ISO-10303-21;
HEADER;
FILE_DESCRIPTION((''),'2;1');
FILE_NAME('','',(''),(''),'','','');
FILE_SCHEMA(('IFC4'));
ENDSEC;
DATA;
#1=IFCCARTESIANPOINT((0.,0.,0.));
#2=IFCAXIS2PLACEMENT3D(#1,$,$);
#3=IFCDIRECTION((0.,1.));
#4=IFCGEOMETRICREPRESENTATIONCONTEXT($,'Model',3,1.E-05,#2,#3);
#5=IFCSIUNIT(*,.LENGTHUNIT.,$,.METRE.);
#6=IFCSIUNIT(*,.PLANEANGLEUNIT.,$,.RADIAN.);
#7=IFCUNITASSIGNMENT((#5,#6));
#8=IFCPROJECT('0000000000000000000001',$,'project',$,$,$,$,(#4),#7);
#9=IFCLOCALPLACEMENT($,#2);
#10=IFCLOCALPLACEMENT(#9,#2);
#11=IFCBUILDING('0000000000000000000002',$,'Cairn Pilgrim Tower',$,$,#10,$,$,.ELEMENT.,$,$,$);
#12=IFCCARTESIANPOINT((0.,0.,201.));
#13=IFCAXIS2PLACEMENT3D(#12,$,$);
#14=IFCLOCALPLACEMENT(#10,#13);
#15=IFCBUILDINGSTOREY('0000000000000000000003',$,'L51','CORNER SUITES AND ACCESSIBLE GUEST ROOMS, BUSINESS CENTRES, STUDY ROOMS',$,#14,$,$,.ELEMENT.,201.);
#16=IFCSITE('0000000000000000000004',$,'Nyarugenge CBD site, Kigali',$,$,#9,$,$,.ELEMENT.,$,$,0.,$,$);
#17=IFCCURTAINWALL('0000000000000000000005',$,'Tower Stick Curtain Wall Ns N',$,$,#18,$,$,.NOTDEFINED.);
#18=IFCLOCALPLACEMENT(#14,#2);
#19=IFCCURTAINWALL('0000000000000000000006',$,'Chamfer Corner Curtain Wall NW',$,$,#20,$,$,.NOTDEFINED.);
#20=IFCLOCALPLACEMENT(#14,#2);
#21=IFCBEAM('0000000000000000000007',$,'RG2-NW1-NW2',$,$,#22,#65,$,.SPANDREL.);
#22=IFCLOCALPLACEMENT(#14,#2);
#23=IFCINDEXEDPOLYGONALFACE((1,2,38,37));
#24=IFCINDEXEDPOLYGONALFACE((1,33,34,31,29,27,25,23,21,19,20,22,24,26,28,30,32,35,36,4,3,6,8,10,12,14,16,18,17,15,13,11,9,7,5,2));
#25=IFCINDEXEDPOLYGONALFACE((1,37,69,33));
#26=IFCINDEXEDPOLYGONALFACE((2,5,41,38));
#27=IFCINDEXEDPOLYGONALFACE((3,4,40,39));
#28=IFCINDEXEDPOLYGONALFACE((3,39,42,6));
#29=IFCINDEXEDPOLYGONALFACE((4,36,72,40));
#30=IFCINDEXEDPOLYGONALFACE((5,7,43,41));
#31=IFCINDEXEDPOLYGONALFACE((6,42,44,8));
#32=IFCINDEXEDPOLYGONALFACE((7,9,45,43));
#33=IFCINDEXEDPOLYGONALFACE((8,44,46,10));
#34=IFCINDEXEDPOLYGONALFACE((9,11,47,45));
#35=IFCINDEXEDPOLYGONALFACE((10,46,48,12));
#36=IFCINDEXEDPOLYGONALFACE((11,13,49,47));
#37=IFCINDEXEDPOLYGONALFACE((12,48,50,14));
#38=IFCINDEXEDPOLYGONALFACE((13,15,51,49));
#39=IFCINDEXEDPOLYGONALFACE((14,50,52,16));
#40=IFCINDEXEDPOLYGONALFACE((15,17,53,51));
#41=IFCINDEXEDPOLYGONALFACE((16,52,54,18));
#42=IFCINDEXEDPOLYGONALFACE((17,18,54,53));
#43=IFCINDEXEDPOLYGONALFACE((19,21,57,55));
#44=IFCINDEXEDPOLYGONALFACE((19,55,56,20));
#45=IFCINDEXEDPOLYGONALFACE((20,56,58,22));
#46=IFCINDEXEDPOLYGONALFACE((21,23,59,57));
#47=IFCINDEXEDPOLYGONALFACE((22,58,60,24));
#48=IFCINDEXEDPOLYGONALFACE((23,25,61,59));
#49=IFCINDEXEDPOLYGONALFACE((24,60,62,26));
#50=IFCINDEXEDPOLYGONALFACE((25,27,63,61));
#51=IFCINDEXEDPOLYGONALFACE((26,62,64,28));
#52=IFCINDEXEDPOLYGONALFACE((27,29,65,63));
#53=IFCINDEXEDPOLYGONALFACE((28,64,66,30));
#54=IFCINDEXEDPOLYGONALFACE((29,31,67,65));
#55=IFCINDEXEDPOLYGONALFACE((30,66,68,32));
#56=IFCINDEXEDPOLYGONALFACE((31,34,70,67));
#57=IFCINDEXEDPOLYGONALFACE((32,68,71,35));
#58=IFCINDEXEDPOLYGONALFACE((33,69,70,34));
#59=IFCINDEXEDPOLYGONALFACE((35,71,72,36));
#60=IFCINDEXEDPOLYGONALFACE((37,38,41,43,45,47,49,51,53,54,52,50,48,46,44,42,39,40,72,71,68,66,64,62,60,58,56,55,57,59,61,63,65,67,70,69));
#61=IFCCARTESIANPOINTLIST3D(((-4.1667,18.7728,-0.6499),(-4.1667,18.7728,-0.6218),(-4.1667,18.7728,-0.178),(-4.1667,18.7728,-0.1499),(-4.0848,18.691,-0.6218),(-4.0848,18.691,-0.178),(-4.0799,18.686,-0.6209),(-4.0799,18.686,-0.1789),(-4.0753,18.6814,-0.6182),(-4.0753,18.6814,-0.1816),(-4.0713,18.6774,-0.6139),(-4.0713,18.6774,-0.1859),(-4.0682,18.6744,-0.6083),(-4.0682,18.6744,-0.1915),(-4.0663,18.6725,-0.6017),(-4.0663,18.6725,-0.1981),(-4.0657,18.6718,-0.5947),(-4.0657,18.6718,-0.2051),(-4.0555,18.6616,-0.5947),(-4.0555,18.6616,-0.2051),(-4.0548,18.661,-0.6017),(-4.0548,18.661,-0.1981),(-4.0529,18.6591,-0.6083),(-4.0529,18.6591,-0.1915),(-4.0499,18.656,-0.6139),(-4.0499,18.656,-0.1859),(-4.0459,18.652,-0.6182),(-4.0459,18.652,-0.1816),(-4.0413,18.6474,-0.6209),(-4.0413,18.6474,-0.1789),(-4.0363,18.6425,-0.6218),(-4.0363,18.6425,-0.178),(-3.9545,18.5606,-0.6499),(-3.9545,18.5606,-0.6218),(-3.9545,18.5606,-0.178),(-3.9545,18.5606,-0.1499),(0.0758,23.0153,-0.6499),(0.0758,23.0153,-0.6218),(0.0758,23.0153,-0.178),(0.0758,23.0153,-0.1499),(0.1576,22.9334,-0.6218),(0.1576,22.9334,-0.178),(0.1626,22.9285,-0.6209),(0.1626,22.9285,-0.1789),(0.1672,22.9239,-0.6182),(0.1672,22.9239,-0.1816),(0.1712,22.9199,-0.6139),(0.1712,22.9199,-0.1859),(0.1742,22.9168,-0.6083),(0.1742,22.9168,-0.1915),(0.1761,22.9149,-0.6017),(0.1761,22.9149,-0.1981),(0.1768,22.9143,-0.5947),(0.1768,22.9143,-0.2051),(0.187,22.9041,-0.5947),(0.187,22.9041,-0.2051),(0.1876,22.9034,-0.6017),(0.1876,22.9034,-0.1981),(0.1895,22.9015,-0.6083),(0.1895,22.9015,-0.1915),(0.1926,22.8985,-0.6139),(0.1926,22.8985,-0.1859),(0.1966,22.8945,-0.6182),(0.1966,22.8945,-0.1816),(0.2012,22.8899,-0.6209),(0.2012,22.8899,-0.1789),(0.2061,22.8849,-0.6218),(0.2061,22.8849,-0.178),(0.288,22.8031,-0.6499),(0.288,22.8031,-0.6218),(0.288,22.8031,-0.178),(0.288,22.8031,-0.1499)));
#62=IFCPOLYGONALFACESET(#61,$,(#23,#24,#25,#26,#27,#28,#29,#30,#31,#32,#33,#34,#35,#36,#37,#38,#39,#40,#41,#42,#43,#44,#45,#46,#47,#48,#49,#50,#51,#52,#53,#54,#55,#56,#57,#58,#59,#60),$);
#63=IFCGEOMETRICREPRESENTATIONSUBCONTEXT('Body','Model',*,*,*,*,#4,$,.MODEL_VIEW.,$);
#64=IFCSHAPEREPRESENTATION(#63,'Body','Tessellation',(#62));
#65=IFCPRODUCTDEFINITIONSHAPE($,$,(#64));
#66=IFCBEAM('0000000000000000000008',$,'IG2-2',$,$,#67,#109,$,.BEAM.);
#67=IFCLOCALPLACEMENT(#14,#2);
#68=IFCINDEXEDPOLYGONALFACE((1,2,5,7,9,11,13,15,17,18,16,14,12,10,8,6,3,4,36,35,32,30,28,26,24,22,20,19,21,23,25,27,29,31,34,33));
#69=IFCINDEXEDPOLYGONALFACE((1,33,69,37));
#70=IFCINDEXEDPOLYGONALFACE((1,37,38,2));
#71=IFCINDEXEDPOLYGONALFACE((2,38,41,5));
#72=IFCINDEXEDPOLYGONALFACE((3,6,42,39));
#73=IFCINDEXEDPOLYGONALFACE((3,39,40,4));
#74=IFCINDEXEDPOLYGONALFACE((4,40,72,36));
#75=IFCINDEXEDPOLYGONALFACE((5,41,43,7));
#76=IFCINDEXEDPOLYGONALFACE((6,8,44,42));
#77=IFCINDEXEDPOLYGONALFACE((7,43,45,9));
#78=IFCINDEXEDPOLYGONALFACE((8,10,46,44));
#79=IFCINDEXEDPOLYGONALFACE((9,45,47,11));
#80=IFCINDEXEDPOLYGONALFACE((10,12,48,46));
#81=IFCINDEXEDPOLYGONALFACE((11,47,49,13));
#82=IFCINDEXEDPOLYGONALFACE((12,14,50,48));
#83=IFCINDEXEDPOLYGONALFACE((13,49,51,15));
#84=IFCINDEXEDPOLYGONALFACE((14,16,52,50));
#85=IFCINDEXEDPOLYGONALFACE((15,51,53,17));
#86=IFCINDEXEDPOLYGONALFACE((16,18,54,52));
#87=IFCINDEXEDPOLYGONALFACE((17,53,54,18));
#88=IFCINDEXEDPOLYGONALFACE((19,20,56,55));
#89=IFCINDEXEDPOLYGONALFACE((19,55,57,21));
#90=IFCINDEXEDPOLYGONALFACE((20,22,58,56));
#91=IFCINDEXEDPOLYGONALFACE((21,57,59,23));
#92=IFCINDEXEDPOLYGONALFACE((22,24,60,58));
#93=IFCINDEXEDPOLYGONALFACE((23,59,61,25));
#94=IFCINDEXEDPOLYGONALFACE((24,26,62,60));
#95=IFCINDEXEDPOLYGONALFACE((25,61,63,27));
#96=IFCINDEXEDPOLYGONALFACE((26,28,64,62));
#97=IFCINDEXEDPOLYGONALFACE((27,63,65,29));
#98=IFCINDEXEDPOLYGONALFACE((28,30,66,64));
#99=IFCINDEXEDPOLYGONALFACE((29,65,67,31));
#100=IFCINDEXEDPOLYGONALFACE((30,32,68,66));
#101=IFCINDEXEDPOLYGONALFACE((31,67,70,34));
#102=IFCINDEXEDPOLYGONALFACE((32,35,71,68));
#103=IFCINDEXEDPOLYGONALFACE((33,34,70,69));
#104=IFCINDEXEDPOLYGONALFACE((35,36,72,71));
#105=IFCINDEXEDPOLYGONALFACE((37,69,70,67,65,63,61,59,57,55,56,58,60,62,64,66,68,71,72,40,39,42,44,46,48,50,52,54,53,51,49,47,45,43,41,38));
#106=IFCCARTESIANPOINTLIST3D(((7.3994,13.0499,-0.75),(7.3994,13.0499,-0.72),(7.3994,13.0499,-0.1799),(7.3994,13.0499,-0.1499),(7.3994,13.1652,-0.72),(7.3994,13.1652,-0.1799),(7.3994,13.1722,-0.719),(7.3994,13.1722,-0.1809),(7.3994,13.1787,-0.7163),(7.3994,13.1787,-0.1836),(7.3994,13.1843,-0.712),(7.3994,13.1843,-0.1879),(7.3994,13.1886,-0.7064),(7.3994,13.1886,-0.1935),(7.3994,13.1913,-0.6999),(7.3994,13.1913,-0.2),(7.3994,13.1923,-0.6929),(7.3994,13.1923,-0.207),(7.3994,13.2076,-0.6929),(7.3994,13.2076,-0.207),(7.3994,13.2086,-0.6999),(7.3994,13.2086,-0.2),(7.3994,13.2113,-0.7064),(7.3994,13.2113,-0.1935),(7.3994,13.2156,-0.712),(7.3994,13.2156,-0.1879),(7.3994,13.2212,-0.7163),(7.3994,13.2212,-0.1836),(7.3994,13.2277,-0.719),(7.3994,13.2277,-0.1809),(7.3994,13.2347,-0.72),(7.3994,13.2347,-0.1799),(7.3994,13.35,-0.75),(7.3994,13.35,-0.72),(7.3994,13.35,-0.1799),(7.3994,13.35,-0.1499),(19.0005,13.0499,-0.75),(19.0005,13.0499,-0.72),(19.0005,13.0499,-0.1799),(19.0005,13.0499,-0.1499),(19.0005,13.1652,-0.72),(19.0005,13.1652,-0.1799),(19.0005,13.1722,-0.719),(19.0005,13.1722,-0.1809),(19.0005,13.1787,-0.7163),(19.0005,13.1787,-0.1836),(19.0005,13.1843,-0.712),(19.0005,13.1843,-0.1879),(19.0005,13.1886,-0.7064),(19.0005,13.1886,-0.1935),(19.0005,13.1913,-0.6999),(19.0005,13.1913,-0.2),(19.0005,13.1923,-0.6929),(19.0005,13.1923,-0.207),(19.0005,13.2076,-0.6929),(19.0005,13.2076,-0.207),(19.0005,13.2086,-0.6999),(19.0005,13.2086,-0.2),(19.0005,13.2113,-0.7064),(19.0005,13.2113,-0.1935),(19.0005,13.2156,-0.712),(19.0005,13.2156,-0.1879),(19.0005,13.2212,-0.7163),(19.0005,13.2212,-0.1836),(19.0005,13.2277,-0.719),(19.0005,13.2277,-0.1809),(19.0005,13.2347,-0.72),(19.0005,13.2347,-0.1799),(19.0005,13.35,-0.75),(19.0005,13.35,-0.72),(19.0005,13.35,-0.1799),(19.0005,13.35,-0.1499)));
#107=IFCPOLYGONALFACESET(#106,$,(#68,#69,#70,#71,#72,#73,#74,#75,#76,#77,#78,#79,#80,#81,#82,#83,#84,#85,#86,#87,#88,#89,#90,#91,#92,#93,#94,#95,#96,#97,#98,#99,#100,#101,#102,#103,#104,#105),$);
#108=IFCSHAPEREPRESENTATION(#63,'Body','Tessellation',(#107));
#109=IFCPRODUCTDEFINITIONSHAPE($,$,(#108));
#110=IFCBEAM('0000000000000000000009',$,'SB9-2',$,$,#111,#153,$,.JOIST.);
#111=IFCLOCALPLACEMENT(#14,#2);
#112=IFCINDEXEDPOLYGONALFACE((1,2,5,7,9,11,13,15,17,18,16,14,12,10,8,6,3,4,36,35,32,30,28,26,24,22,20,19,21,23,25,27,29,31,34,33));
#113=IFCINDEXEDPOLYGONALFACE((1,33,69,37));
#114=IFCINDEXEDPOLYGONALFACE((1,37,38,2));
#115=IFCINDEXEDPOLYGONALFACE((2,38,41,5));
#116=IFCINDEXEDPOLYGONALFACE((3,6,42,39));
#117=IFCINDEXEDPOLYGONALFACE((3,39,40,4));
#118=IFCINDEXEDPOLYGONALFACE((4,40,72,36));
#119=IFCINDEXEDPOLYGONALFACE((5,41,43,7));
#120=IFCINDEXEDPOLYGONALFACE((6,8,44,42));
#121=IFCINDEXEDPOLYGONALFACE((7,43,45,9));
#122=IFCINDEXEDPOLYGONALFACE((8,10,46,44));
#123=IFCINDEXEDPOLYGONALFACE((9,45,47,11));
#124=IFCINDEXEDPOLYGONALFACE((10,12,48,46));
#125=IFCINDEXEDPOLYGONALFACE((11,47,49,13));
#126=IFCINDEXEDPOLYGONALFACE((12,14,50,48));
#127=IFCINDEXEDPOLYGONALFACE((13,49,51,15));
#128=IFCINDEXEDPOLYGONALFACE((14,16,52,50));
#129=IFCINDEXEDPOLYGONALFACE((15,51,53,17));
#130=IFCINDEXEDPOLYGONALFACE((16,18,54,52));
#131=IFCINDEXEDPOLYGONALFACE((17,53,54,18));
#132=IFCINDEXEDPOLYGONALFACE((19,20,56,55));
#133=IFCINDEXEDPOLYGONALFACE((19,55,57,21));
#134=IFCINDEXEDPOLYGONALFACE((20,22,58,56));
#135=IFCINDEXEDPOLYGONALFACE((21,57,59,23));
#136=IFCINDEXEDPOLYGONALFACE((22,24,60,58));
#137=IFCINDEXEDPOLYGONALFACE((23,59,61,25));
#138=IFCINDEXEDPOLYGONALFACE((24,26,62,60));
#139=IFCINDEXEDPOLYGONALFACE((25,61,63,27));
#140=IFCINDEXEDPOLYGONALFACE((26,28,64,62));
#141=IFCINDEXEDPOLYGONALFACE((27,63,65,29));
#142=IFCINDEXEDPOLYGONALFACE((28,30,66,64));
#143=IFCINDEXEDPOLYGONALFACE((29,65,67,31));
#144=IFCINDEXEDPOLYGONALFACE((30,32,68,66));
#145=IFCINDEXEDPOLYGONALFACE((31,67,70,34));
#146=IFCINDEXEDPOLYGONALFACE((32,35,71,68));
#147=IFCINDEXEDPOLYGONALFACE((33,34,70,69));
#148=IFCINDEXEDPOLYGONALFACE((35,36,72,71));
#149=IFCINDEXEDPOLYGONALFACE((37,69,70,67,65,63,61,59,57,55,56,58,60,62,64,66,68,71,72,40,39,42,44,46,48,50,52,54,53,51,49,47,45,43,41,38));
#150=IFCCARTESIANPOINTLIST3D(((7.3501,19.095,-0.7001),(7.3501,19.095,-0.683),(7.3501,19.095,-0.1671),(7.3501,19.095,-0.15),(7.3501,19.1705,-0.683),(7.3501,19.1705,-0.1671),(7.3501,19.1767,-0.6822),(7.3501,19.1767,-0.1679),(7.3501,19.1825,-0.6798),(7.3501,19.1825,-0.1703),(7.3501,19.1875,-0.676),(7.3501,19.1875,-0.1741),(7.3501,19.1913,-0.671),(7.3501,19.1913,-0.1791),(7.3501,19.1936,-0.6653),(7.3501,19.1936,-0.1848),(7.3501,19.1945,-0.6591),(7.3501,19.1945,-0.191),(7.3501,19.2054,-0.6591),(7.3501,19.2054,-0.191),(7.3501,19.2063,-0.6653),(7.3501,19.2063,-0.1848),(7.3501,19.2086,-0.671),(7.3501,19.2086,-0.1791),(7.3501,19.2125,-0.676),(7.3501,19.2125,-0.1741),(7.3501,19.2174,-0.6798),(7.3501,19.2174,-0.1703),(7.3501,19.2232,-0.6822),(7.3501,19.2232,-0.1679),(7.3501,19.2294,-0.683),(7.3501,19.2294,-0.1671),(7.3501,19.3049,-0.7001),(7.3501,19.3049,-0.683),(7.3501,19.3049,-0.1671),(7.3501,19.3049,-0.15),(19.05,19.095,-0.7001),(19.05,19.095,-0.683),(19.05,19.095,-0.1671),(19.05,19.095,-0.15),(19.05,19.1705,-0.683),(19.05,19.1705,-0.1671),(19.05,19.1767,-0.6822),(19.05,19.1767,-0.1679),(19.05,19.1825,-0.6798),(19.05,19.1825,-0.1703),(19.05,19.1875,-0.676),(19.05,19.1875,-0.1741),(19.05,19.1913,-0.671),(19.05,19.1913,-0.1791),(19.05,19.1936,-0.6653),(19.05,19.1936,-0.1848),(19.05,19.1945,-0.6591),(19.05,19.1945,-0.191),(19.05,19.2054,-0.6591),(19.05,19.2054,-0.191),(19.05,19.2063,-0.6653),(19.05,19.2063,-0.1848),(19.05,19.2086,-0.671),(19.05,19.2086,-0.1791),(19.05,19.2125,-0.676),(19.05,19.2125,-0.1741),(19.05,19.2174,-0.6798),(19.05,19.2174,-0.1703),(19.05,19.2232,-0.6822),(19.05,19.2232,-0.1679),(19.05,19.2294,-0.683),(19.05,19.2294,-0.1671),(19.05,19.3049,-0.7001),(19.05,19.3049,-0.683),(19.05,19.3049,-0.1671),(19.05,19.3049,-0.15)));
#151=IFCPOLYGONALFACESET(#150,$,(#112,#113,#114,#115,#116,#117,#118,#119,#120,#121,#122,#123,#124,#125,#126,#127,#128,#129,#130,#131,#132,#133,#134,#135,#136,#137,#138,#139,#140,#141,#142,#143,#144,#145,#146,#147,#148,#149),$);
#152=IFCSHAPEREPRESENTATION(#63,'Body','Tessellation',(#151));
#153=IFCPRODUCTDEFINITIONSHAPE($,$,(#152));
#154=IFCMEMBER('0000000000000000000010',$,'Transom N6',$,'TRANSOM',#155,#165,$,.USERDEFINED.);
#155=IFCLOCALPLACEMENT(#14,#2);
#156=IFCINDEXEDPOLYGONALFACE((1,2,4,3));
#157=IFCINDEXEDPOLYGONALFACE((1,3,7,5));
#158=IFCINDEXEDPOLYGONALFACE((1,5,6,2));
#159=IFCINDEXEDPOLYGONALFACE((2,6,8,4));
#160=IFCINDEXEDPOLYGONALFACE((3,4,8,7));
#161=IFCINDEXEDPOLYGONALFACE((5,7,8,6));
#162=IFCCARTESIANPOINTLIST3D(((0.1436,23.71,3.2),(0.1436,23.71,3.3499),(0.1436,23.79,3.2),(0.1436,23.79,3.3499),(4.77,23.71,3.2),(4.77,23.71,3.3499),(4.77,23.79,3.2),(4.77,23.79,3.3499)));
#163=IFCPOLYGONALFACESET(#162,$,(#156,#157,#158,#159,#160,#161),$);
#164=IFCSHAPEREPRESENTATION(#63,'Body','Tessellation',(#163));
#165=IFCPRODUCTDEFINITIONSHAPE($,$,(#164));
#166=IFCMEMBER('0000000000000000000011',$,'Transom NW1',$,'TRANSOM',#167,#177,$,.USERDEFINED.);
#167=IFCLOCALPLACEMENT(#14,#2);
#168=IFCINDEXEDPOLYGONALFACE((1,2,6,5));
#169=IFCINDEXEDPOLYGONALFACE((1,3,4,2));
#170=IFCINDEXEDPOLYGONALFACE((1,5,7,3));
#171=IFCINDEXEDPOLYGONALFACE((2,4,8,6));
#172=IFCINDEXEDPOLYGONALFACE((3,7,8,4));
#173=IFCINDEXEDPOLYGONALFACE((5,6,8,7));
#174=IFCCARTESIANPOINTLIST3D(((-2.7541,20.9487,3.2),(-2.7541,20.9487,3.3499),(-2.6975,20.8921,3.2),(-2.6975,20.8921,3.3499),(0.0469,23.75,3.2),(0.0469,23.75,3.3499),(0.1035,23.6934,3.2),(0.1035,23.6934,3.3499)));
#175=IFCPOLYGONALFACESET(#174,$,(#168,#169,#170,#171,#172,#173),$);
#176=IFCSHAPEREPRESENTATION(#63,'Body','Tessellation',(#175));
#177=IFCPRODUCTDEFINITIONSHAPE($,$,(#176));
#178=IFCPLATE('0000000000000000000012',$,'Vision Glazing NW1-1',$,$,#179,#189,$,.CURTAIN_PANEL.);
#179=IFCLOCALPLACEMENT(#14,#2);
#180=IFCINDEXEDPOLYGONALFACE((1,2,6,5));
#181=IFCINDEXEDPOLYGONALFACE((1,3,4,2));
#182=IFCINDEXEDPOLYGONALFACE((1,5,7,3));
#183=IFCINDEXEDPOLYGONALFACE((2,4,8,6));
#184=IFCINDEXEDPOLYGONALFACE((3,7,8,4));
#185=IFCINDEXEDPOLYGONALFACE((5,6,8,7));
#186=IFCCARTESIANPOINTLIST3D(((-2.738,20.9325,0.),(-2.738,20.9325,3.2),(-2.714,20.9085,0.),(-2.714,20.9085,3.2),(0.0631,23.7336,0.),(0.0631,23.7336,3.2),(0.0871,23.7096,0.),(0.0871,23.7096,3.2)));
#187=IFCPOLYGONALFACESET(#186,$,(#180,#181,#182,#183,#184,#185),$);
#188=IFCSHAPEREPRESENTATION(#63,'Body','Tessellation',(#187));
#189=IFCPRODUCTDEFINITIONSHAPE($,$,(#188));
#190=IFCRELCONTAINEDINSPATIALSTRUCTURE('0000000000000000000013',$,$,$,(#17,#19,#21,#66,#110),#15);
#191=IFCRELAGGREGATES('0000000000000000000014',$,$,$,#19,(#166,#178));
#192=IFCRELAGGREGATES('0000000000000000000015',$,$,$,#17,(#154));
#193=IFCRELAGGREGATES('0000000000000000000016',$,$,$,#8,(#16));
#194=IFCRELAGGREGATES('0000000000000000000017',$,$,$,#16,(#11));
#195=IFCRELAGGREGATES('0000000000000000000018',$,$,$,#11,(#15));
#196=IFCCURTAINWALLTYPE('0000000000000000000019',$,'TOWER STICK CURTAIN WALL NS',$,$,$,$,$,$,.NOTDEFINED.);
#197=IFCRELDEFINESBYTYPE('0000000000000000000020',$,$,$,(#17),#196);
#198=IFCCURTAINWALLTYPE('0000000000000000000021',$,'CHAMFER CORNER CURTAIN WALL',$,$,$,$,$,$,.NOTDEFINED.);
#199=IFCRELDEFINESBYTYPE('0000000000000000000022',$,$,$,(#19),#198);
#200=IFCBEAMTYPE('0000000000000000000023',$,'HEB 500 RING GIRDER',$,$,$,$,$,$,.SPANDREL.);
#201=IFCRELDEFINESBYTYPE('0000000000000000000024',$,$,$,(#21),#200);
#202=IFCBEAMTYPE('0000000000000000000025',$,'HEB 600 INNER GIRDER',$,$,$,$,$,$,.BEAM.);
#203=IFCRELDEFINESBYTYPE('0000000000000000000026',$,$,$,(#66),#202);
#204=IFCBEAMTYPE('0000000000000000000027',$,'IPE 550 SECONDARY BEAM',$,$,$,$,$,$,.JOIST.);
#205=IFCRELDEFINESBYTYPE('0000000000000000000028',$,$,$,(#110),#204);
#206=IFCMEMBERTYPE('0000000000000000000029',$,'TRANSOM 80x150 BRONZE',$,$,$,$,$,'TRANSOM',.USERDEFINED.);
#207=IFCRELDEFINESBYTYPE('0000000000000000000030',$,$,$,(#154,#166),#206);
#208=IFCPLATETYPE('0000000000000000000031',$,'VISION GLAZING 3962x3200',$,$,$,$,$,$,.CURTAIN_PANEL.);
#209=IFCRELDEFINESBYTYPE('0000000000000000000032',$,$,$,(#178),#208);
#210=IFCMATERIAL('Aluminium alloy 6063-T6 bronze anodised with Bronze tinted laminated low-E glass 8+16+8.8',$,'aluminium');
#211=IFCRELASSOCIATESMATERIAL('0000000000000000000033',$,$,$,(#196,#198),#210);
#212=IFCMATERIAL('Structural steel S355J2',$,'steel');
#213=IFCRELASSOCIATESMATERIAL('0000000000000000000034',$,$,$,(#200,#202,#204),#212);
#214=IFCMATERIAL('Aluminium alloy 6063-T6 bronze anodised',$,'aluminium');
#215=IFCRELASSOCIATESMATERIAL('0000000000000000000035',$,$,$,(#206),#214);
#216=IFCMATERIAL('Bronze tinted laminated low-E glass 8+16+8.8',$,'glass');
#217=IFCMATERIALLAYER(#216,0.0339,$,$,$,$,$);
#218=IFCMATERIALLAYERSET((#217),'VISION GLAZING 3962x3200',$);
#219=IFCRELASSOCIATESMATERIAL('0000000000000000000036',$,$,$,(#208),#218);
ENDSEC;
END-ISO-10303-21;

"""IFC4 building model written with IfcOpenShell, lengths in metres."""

from ifc_helpers import new_model, si_unit, direction, frame, origin, origin_2d, place, context, subcontext, project, spatial, rectangle, i_section, extrude, material, layer, layer_set, material_profile, profile_set, type_object, element, aggregate, save


model = new_model("IFC4")

# Units and contexts
model_context = context("Model", 3, precision=1e-05, world=origin(), true_north=direction((0.0, 1.0)))
body_context = subcontext(model_context, "Body", "Model", "MODEL_VIEW")
ifc_project = project(units=[si_unit("LENGTHUNIT", "METRE"), si_unit("PLANEANGLEUNIT", "RADIAN")], contexts=[model_context])

# Site, building, storey
site_placement = place(None, origin())
site = spatial("IfcSite", under=ifc_project, at=site_placement, Name="Nyarugenge CBD site, Kigali", CompositionType="ELEMENT", RefElevation=0.0)
building_placement = place(site_placement, origin())
building = spatial("IfcBuilding", under=site, at=building_placement, Name="Cairn Pilgrim Tower", CompositionType="ELEMENT")
storey_placement = place(building_placement, frame((0.0, 0.0, 201.0)))
storey = spatial("IfcBuildingStorey", under=building, at=storey_placement, Name="L51", Description="CORNER SUITES AND ACCESSIBLE GUEST ROOMS, BUSINESS CENTRES, STUDY ROOMS", CompositionType="ELEMENT", Elevation=201.0)

# Shared definitions
ifc_material_1 = material(Name="Structural steel S355J2", Category="steel")

# Curtain wall
ifc_material_2 = material(Name="Aluminium alloy 6063-T6 bronze anodised with Bronze tinted laminated low-E glass 8+16+8.8", Category="aluminium")
curtain_wall_type_1 = type_object("IfcCurtainWallType", Name="TOWER STICK CURTAIN WALL NS", PredefinedType="NOTDEFINED", material=ifc_material_2)
curtain_wall_1_placement = place(storey_placement, origin())
curtain_wall_1 = element("IfcCurtainWall", 1, at=curtain_wall_1_placement, inside=storey, type_object=curtain_wall_type_1, Name="Tower Stick Curtain Wall Ns N", PredefinedType="NOTDEFINED")
ifc_material_3 = material(Name="Aluminium alloy 6063-T6 bronze anodised", Category="aluminium")

# Curtain wall
curtain_wall_type_2 = type_object("IfcCurtainWallType", Name="CHAMFER CORNER CURTAIN WALL", PredefinedType="NOTDEFINED", material=ifc_material_2)
curtain_wall_2_placement = place(storey_placement, origin())
curtain_wall_2 = element("IfcCurtainWall", 2, at=curtain_wall_2_placement, inside=storey, type_object=curtain_wall_type_2, Name="Chamfer Corner Curtain Wall NW", PredefinedType="NOTDEFINED")

# Beams
ifc_material_profile_1 = material_profile(ifc_material_1, i_section(OverallWidth=0.3, OverallDepth=0.5, WebThickness=0.0144, FlangeThickness=0.0281, FilletRadius=0.0271, at=origin_2d()), Name="HEB 500")
ifc_profile_set_1 = profile_set([ifc_material_profile_1], Name="Structural steel S355J2")
beam_type_1 = type_object("IfcBeamType", Name="HEB 500 RING GIRDER", PredefinedType="SPANDREL", material=ifc_profile_set_1)
beam_1_placement = place(storey_placement, frame((0.1819, 22.9092, -0.3999), z_axis=(-0.707107, -0.707107, 0.0), x_axis=(0.707107, -0.707107, 0.0)))
element("IfcBeam", 3, at=beam_1_placement, inside=storey, type_object=beam_type_1, Name="RG2-NW1-NW2", PredefinedType="SPANDREL", context=body_context, shape_type="SweptSolid", body=[
    extrude(i_section(OverallWidth=0.3, OverallDepth=0.5, WebThickness=0.0144, FlangeThickness=0.0281, FilletRadius=0.0271, at=origin_2d()), origin(), (0.0, 0.0, 1.0), 5.9998),
])
ifc_material_profile_2 = material_profile(ifc_material_1, i_section(OverallWidth=0.3, OverallDepth=0.6001, WebThickness=0.0154, FlangeThickness=0.03, FilletRadius=0.0271, at=origin_2d()), Name="HEB 600")
ifc_profile_set_2 = profile_set([ifc_material_profile_2], Name="Structural steel S355J2")
beam_type_2 = type_object("IfcBeamType", Name="HEB 600 INNER GIRDER", PredefinedType="BEAM", material=ifc_profile_set_2)
beam_2_placement = place(storey_placement, frame((7.3994, 13.2, -0.45), z_axis=(1.0, 0.0, 0.0), x_axis=(0.0, 1.0, 0.0)))
element("IfcBeam", 4, at=beam_2_placement, inside=storey, type_object=beam_type_2, Name="IG2-2", PredefinedType="BEAM", context=body_context, shape_type="SweptSolid", body=[
    extrude(i_section(OverallWidth=0.3, OverallDepth=0.6001, WebThickness=0.0154, FlangeThickness=0.03, FilletRadius=0.0271, at=origin_2d()), origin(), (0.0, 0.0, 1.0), 11.6011),
])
ifc_material_profile_3 = material_profile(ifc_material_1, i_section(OverallWidth=0.21, OverallDepth=0.55, WebThickness=0.011, FlangeThickness=0.0171, FilletRadius=0.0239, at=origin_2d()), Name="IPE 550")
ifc_profile_set_3 = profile_set([ifc_material_profile_3], Name="Structural steel S355J2")
beam_type_3 = type_object("IfcBeamType", Name="IPE 550 SECONDARY BEAM", PredefinedType="JOIST", material=ifc_profile_set_3)
beam_3_placement = place(storey_placement, frame((7.3501, 19.2, -0.425), z_axis=(1.0, 0.0, 0.0), x_axis=(0.0, 1.0, 0.0)))
element("IfcBeam", 5, at=beam_3_placement, inside=storey, type_object=beam_type_3, Name="SB9-2", PredefinedType="JOIST", context=body_context, shape_type="SweptSolid", body=[
    extrude(i_section(OverallWidth=0.21, OverallDepth=0.55, WebThickness=0.011, FlangeThickness=0.0171, FilletRadius=0.0239, at=origin_2d()), origin(), (0.0, 0.0, 1.0), 11.7),
])

# Members
ifc_material_profile_4 = material_profile(ifc_material_3, rectangle(XDim=0.0801, YDim=0.1499, at=origin_2d()), Name="TRANSOM 80x150 BRONZE")
ifc_profile_set_4 = profile_set([ifc_material_profile_4], Name="Aluminium alloy 6063-T6 bronze anodised")
member_type_1 = type_object("IfcMemberType", Name="TRANSOM 80x150 BRONZE", ElementType="TRANSOM", PredefinedType="USERDEFINED", material=ifc_profile_set_4)
member_1_placement = place(storey_placement, frame((4.77, 23.75, 3.2749), z_axis=(-1.0, 0.0, 0.0), x_axis=(0.0, -1.0, 0.0)))
member_1 = element("IfcMember", 6, at=member_1_placement, type_object=member_type_1, Name="Transom N6", ObjectType="TRANSOM", PredefinedType="USERDEFINED", context=body_context, shape_type="SweptSolid", body=[
    extrude(rectangle(XDim=0.0801, YDim=0.1499, at=origin_2d()), origin(), (0.0, 0.0, 1.0), 4.6265),
])
member_2_placement = place(storey_placement, frame((0.0752, 23.7217, 3.2749), z_axis=(-0.707076, -0.707138, 0.0), x_axis=(0.707138, -0.707076, 0.0)))
member_2 = element("IfcMember", 7, at=member_2_placement, type_object=member_type_1, Name="Transom NW1", ObjectType="TRANSOM", PredefinedType="USERDEFINED", context=body_context, shape_type="SweptSolid", body=[
    extrude(rectangle(XDim=0.0801, YDim=0.1499, at=origin_2d()), origin(), (0.0, 0.0, 1.0), 3.9614),
])

# Plate
ifc_material_4 = material(Name="Bronze tinted laminated low-E glass 8+16+8.8", Category="glass")
ifc_layer_1 = layer(ifc_material_4, 0.0339)
ifc_layer_set_1 = layer_set([ifc_layer_1], Name="VISION GLAZING 3962x3200")
plate_type_1 = type_object("IfcPlateType", Name="VISION GLAZING 3962x3200", PredefinedType="CURTAIN_PANEL", material=ifc_layer_set_1)
plate_1_placement = place(storey_placement, frame((-1.3254, 22.321, 0.0), z_axis=(0.0, 0.0, 1.0), x_axis=(-0.707107, -0.707107, 0.0)))
plate_1 = element("IfcPlate", 8, at=plate_1_placement, type_object=plate_type_1, Name="Vision Glazing NW1-1", PredefinedType="CURTAIN_PANEL", context=body_context, shape_type="SweptSolid", body=[
    extrude(rectangle(XDim=3.9614, YDim=0.0339, at=origin_2d()), origin(), (0.0, 0.0, 1.0), 3.2),
])
aggregate(curtain_wall_2, [member_2, plate_1])
aggregate(curtain_wall_1, [member_1])

save(model, "model.ifc")
